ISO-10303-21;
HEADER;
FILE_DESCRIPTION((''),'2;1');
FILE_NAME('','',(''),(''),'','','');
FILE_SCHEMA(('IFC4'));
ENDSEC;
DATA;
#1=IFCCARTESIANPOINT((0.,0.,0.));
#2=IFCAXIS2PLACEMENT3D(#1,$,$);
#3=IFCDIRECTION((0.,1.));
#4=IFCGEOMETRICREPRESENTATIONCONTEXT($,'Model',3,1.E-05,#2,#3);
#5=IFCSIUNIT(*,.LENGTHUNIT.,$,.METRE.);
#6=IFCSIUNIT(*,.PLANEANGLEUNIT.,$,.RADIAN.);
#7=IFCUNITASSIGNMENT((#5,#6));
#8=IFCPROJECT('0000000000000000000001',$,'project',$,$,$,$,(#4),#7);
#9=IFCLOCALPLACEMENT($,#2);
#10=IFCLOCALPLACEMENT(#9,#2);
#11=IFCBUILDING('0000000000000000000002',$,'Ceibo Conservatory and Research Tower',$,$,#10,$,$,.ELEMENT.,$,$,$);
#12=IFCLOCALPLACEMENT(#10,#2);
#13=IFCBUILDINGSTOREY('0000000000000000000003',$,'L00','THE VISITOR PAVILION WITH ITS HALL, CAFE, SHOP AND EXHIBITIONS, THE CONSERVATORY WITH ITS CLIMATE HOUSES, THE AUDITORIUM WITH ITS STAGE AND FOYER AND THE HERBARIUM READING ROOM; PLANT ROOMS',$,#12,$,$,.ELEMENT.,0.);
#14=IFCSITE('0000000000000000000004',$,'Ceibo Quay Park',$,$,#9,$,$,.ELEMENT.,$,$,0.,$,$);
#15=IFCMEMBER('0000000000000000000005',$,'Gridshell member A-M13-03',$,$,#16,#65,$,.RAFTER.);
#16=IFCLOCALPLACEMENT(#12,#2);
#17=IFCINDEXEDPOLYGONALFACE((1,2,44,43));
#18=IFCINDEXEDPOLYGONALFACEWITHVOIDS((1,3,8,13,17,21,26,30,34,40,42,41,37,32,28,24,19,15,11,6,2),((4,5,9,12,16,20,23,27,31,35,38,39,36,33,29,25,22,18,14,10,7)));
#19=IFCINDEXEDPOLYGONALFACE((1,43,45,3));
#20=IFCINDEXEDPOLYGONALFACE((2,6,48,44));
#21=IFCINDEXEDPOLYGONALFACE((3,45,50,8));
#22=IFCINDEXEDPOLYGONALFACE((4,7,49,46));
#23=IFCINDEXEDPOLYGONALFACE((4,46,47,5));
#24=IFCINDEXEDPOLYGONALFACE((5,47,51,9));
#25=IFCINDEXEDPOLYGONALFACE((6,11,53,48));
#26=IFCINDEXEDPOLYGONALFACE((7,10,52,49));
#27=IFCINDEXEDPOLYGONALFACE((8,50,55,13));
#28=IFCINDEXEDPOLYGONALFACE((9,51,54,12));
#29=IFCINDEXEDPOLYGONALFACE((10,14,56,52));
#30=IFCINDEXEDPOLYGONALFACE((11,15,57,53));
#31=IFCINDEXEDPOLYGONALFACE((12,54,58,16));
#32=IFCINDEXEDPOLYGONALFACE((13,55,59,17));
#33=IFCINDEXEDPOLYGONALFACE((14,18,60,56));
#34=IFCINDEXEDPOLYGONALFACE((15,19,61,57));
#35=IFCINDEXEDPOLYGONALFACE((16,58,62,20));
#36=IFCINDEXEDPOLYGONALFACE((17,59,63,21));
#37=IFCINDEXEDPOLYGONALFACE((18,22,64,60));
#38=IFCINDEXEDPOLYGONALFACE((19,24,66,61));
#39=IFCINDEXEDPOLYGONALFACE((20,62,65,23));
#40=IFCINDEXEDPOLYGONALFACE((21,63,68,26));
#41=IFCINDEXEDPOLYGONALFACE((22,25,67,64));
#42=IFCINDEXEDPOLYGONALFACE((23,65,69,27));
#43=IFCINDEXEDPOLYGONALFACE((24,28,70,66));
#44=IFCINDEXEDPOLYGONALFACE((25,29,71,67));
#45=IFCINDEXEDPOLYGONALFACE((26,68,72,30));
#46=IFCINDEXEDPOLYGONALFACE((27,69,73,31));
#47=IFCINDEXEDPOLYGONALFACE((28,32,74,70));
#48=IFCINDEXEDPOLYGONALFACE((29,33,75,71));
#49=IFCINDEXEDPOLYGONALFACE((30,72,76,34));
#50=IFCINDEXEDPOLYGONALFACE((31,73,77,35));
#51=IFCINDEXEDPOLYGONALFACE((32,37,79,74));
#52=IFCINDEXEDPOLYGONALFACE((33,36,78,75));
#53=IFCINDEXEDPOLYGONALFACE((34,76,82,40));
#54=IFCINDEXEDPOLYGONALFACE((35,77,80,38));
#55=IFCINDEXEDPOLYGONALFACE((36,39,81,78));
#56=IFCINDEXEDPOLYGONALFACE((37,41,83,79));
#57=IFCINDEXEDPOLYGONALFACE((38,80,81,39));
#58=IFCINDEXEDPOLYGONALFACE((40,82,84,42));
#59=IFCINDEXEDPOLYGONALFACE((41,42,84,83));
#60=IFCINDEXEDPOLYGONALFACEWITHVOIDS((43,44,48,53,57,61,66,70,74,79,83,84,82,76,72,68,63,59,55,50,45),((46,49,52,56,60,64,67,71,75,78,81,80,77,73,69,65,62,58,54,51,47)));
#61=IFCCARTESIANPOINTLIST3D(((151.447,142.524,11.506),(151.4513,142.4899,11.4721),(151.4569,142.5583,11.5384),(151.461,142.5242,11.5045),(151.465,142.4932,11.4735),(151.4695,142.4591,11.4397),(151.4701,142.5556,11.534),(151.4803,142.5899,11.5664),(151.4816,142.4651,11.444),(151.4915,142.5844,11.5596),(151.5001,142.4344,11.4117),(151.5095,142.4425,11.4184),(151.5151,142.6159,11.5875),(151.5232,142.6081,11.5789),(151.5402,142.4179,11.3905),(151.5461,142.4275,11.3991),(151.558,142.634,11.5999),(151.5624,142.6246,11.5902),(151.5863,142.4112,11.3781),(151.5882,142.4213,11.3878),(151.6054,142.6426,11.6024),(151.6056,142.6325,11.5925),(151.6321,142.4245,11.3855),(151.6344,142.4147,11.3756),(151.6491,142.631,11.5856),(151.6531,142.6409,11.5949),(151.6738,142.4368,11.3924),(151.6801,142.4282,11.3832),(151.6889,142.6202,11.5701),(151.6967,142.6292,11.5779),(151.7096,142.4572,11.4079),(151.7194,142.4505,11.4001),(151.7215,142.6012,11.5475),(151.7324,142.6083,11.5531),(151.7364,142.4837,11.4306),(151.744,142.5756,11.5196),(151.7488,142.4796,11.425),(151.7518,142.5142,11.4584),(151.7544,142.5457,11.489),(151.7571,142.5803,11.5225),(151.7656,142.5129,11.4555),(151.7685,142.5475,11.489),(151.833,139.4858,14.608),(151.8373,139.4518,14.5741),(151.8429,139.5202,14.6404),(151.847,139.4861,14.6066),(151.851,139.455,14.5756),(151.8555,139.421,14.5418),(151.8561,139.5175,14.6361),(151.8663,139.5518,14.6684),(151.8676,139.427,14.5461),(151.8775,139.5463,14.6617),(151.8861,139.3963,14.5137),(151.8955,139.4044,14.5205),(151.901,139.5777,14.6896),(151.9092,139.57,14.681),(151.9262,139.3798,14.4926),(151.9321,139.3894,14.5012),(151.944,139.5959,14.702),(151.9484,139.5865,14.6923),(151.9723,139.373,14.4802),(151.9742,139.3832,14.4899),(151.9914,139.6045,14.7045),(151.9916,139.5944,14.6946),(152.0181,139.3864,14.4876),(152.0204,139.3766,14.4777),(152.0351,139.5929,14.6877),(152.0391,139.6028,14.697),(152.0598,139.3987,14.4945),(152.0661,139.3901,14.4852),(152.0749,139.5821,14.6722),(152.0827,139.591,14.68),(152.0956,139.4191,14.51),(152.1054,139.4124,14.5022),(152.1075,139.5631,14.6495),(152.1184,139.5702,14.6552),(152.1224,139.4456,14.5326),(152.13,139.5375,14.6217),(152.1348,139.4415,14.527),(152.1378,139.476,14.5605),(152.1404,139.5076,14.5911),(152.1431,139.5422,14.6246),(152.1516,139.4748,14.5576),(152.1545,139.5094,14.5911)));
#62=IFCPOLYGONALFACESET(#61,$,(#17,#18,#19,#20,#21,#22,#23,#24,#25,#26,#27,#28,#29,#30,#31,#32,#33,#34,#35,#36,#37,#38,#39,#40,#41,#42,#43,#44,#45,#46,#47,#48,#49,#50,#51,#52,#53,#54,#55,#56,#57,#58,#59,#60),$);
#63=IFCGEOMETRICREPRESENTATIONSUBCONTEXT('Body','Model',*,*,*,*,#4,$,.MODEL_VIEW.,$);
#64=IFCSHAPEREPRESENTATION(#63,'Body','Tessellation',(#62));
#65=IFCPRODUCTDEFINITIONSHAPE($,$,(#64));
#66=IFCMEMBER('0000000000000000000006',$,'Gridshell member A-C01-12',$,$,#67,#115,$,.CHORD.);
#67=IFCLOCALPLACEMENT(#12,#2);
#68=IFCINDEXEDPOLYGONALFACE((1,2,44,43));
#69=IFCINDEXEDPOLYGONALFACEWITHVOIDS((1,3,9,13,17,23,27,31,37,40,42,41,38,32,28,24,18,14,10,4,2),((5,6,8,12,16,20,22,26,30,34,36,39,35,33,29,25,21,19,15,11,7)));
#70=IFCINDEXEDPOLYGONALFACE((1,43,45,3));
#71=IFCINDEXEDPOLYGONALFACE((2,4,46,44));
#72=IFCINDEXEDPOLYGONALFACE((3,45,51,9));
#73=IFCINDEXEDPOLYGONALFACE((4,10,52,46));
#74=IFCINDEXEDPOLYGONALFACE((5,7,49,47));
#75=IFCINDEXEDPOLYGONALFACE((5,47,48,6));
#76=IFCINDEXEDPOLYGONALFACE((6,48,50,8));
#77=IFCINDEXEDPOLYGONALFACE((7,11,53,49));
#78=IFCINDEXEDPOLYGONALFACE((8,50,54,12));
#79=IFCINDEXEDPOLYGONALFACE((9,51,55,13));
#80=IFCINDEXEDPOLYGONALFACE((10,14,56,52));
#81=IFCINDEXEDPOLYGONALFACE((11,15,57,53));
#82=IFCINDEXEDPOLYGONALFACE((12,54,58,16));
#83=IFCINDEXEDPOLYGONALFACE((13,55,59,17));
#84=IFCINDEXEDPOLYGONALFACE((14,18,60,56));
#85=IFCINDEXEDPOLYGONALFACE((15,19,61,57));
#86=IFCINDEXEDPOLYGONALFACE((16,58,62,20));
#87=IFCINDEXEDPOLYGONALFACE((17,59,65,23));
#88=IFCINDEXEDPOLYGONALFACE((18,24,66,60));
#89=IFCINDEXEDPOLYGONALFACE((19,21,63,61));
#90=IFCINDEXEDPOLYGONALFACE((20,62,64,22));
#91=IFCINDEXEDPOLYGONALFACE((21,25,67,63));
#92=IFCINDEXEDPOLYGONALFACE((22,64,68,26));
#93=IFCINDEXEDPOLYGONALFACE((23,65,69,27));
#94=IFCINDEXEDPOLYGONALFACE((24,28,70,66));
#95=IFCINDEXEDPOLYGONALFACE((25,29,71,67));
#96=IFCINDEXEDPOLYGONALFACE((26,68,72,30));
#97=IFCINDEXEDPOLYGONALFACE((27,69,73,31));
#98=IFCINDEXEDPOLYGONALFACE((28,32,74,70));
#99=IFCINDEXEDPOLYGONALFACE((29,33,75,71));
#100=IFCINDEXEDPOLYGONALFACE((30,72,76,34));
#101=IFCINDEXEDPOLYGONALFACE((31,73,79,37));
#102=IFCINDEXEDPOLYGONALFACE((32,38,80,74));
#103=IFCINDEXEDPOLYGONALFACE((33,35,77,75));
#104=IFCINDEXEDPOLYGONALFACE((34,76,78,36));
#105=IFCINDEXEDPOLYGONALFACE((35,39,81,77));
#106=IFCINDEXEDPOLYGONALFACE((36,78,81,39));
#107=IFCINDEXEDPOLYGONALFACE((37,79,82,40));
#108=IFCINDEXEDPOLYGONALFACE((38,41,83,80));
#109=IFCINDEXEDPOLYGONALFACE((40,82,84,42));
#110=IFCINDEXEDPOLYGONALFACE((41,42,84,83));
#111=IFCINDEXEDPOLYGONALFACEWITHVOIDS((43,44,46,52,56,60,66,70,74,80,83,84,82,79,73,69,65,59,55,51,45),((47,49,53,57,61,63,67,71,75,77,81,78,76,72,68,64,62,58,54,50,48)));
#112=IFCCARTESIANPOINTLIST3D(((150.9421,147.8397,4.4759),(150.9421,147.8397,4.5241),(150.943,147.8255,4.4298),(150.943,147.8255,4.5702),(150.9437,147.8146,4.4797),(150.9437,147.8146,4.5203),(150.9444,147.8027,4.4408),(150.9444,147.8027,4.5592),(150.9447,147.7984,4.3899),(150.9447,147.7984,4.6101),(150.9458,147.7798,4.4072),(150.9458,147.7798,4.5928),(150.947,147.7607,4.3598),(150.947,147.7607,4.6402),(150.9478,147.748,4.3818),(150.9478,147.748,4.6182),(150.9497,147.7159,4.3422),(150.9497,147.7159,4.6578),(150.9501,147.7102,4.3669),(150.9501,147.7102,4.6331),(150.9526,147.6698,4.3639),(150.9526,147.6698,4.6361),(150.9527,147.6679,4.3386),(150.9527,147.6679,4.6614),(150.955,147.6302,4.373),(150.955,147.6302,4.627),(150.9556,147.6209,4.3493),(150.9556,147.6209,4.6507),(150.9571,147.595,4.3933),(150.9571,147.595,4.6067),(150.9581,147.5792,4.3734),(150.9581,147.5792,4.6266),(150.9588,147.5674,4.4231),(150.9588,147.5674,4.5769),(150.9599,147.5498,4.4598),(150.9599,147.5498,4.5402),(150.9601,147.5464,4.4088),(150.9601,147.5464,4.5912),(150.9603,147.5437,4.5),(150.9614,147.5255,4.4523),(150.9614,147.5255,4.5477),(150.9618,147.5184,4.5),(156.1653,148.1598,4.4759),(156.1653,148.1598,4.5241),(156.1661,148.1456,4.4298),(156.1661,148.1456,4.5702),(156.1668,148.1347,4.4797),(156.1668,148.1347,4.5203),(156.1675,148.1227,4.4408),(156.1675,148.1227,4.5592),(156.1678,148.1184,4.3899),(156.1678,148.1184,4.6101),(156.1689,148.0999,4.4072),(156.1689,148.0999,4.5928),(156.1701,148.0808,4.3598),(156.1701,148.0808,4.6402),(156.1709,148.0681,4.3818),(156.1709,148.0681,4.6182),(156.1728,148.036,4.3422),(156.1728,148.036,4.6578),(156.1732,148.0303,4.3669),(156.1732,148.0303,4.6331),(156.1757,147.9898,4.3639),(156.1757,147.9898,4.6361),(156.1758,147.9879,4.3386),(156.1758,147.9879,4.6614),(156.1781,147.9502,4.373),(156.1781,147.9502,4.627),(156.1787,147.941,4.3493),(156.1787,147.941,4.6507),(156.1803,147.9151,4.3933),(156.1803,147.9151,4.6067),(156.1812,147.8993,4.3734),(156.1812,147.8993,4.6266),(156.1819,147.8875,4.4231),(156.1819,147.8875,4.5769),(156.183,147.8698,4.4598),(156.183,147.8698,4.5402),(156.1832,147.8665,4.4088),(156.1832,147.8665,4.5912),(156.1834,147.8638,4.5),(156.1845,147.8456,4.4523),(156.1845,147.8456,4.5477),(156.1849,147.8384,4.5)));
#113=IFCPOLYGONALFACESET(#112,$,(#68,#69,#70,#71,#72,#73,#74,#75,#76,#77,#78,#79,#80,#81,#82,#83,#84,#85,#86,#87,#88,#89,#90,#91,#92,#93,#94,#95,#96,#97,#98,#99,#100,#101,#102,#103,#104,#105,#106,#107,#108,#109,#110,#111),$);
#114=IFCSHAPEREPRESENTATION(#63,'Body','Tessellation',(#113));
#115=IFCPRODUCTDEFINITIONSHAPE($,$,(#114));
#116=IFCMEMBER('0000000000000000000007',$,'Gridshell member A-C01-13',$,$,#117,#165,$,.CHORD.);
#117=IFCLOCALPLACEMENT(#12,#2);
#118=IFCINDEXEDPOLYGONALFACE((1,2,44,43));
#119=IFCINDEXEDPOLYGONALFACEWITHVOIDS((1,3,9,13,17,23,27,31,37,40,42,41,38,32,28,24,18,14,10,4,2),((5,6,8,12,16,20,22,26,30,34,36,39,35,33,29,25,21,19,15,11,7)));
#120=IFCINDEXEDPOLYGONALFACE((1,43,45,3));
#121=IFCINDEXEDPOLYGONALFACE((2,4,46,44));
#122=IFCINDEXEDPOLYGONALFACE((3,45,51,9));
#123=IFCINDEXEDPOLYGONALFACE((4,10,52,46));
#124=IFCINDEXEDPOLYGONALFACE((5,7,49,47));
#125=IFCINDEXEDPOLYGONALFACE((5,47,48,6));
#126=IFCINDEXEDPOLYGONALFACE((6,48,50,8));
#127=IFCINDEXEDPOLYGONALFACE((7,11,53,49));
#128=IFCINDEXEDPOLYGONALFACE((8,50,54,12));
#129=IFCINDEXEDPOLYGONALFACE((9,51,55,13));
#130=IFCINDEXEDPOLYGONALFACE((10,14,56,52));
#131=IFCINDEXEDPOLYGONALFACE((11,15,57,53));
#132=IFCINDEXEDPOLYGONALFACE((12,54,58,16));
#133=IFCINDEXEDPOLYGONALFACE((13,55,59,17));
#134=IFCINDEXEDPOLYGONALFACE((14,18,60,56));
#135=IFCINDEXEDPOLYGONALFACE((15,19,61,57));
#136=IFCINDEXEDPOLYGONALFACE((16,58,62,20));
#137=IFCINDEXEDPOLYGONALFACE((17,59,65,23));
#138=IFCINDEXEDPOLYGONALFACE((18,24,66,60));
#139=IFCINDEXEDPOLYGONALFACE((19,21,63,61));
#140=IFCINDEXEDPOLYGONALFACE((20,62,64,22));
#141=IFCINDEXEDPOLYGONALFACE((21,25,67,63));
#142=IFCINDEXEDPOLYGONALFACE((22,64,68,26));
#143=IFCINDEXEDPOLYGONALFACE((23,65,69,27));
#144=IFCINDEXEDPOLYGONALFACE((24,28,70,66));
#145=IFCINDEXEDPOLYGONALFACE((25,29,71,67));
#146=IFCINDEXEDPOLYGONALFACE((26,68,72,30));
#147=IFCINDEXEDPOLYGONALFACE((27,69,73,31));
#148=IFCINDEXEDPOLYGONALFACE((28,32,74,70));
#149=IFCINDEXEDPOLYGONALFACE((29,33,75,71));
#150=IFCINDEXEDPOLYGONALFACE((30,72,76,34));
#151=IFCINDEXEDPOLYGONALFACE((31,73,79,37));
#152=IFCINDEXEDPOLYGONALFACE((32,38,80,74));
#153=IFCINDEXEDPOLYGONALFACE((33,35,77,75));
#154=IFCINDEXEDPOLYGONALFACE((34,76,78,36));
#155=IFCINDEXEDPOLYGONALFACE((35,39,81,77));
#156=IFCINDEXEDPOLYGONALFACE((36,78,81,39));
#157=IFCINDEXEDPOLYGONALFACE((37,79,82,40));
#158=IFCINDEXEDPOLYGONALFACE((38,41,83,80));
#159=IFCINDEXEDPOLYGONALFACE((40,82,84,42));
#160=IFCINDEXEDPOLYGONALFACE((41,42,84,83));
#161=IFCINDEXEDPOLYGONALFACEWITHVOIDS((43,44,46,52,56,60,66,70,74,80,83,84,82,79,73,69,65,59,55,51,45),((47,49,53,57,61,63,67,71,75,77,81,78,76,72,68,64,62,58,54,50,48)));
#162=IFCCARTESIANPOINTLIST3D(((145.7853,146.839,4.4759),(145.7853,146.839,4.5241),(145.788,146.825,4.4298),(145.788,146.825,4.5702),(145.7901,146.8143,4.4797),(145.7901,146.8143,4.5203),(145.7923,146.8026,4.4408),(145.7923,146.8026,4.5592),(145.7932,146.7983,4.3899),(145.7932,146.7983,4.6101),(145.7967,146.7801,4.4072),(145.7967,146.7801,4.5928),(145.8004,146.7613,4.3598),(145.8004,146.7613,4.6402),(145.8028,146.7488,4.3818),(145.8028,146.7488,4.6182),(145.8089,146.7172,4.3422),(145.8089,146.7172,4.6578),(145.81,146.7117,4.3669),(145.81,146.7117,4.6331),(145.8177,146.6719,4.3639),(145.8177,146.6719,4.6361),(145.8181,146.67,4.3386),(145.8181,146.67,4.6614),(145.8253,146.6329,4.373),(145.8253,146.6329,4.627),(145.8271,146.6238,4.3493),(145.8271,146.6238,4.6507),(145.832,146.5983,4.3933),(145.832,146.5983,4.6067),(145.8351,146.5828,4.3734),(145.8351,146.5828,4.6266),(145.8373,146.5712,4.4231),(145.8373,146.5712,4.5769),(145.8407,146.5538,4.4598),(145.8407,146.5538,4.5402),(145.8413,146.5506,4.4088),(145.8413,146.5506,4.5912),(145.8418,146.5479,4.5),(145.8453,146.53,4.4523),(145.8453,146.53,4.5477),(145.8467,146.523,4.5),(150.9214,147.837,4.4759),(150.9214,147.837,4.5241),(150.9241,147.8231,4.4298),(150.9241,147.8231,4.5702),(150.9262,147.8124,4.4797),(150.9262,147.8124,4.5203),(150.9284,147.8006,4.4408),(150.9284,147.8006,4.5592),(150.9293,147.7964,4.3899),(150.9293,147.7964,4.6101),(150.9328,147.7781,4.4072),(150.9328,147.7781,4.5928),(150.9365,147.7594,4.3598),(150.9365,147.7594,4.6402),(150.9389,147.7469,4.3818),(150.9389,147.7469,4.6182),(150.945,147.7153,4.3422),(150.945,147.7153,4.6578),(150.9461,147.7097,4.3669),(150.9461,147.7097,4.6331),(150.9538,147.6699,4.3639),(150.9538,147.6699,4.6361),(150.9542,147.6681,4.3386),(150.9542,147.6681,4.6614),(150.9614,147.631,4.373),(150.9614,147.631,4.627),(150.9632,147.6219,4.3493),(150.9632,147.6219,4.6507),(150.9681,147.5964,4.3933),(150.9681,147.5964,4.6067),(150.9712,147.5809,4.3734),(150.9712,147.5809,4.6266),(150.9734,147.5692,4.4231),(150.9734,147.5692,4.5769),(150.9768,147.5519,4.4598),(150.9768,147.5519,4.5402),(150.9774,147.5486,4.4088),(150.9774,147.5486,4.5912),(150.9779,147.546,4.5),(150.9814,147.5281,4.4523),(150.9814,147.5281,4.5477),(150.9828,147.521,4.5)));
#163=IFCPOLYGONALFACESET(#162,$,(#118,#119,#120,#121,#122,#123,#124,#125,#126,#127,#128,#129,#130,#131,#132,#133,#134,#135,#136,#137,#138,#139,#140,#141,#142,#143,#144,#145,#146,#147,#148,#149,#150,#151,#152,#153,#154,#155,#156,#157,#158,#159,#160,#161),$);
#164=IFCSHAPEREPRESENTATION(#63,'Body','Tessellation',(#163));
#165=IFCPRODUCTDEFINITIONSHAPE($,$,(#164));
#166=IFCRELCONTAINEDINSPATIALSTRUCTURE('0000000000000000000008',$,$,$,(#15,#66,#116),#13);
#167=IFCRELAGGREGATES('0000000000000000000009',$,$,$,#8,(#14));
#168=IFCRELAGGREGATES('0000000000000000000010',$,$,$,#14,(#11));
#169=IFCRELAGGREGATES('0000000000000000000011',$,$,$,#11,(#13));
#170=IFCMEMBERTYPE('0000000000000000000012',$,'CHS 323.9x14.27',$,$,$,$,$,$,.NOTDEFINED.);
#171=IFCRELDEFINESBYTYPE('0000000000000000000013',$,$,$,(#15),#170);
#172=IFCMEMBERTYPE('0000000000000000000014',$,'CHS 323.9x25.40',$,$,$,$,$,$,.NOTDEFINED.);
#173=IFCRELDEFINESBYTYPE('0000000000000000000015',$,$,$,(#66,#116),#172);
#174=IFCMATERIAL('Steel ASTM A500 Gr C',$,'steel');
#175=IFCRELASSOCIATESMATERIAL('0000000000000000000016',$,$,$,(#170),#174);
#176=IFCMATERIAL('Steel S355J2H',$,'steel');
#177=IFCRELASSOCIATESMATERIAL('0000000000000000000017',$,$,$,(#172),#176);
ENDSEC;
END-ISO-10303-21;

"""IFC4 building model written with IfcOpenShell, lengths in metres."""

from ifc_helpers import new_model, si_unit, direction, frame, origin, origin_2d, place, context, subcontext, project, spatial, hollow_circle, extrude, material, material_profile, profile_set, type_object, element, save


model = new_model("IFC4")

# Units and contexts
model_context = context("Model", 3, precision=1e-05, world=origin(), true_north=direction((0.0, 1.0)))
body_context = subcontext(model_context, "Body", "Model", "MODEL_VIEW")
ifc_project = project(units=[si_unit("LENGTHUNIT", "METRE"), si_unit("PLANEANGLEUNIT", "RADIAN")], contexts=[model_context])

# Site, building, storey
site_placement = place(None, origin())
site = spatial("IfcSite", under=ifc_project, at=site_placement, Name="Ceibo Quay Park", CompositionType="ELEMENT", RefElevation=0.0)
building_placement = place(site_placement, origin())
building = spatial("IfcBuilding", under=site, at=building_placement, Name="Ceibo Conservatory and Research Tower", CompositionType="ELEMENT")
storey_placement = place(building_placement, origin())
storey = spatial("IfcBuildingStorey", under=building, at=storey_placement, Name="L00", Description="THE VISITOR PAVILION WITH ITS HALL, CAFE, SHOP AND EXHIBITIONS, THE CONSERVATORY WITH ITS CLIMATE HOUSES, THE AUDITORIUM WITH ITS STAGE AND FOYER AND THE HERBARIUM READING ROOM; PLANT ROOMS", CompositionType="ELEMENT", Elevation=0.0)

# Members
ifc_material_1 = material(Name="Steel ASTM A500 Gr C", Category="steel")
ifc_material_profile_1 = material_profile(ifc_material_1, hollow_circle(Radius=0.1619, WallThickness=0.0142, at=origin_2d()), Name="CHS 323.9x14.27")
ifc_profile_set_1 = profile_set([ifc_material_profile_1], Name="Steel ASTM A500 Gr C")
member_type_1 = type_object("IfcMemberType", Name="CHS 323.9x14.27", PredefinedType="NOTDEFINED", material=ifc_profile_set_1)
member_1_placement = place(storey_placement, frame((151.6079, 142.5271, 11.489), z_axis=(0.088547, -0.696954, 0.711628), x_axis=(0.992026, 0.126036, 0.0)))
element("IfcMember", 1, at=member_1_placement, inside=storey, type_object=member_type_1, Name="Gridshell member A-M13-03", PredefinedType="RAFTER", context=body_context, shape_type="SweptSolid", body=[
    extrude(hollow_circle(Radius=0.1619, WallThickness=0.0142, at=origin_2d()), origin(), (0.0, 0.0, 1.0), 4.3591),
])
ifc_material_2 = material(Name="Steel S355J2H", Category="steel")
ifc_material_profile_2 = material_profile(ifc_material_2, hollow_circle(Radius=0.1619, WallThickness=0.0254, at=origin_2d()), Name="CHS 323.9x25.40")
ifc_profile_set_2 = profile_set([ifc_material_profile_2], Name="Steel S355J2H")
member_type_2 = type_object("IfcMemberType", Name="CHS 323.9x25.40", PredefinedType="NOTDEFINED", material=ifc_profile_set_2)
member_2_placement = place(storey_placement, frame((156.175, 148.0, 4.5), z_axis=(-0.998128, -0.061164, 0.0), x_axis=(0.061164, -0.998128, 0.0)))
element("IfcMember", 2, at=member_2_placement, inside=storey, type_object=member_type_2, Name="Gridshell member A-C01-12", PredefinedType="CHORD", context=body_context, shape_type="SweptSolid", body=[
    extrude(hollow_circle(Radius=0.1619, WallThickness=0.0254, at=origin_2d()), origin(), (0.0, 0.0, 1.0), 5.2329),
])
member_3_placement = place(storey_placement, frame((150.9519, 147.6799, 4.5), z_axis=(-0.981637, -0.190756, 0.0), x_axis=(0.190756, -0.981637, 0.0)))
element("IfcMember", 3, at=member_3_placement, inside=storey, type_object=member_type_2, Name="Gridshell member A-C01-13", PredefinedType="CHORD", context=body_context, shape_type="SweptSolid", body=[
    extrude(hollow_circle(Radius=0.1619, WallThickness=0.0254, at=origin_2d()), origin(), (0.0, 0.0, 1.0), 5.2322),
])

save(model, "model.ifc")
